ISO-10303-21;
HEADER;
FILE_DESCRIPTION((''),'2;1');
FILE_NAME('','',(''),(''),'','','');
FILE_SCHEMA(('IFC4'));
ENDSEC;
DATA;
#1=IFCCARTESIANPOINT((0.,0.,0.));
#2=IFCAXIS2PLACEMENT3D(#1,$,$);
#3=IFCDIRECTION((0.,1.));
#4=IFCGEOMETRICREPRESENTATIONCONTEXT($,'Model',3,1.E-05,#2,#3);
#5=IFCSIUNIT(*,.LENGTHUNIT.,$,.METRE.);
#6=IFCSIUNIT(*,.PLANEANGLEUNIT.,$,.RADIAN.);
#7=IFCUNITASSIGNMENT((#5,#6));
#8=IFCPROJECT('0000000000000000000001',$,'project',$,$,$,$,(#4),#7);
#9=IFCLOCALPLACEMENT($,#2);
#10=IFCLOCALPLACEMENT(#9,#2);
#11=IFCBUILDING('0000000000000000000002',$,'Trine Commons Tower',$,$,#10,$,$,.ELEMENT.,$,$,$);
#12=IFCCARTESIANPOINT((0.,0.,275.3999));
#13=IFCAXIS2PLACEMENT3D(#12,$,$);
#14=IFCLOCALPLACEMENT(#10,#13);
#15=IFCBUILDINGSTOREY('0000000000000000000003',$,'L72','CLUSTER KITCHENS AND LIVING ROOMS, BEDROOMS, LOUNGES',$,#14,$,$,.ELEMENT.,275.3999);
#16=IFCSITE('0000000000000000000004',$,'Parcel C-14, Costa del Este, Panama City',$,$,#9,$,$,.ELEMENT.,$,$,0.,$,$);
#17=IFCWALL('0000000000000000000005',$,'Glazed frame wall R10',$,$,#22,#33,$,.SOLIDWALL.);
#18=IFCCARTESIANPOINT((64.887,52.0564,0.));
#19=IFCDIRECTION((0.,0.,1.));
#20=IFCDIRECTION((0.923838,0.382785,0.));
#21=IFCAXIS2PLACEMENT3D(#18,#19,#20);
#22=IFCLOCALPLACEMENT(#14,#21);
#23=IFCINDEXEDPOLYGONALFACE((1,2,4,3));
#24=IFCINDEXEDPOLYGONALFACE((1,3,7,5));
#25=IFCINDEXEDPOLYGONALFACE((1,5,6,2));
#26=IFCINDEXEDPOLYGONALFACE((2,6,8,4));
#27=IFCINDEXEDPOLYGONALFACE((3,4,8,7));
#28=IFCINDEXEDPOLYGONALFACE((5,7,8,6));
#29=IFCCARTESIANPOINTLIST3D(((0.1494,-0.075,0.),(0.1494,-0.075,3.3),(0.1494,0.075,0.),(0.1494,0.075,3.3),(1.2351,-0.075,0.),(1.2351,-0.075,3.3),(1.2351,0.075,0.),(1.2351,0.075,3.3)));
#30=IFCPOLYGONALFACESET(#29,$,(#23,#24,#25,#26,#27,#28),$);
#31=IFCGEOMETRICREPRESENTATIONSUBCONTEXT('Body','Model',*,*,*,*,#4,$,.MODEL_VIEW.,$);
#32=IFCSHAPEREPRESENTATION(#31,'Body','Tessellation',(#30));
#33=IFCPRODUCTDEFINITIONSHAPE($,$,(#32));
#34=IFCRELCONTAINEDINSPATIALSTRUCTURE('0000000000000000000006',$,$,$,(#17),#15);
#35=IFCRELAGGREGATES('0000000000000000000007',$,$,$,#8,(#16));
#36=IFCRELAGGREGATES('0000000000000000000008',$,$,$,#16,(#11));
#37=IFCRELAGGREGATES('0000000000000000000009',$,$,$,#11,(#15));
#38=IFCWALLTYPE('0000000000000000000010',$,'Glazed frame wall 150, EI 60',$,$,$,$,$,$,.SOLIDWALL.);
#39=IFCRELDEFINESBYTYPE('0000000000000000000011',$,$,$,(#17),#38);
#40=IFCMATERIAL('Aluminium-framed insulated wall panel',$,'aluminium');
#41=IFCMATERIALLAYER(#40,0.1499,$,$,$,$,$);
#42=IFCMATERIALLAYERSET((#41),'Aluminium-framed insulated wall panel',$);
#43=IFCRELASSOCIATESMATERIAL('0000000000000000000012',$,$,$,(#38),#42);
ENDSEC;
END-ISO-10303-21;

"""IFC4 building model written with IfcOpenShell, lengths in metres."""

from ifc_helpers import new_model, si_unit, direction, frame, origin, place, context, subcontext, project, spatial, polyline, outline, extrude, material, layer, layer_set, type_object, element, save


model = new_model("IFC4")

# Units and contexts
model_context = context("Model", 3, precision=1e-05, world=origin(), true_north=direction((0.0, 1.0)))
body_context = subcontext(model_context, "Body", "Model", "MODEL_VIEW")
ifc_project = project(units=[si_unit("LENGTHUNIT", "METRE"), si_unit("PLANEANGLEUNIT", "RADIAN")], contexts=[model_context])

# Site, building, storey
site_placement = place(None, origin())
site = spatial("IfcSite", under=ifc_project, at=site_placement, Name="Parcel C-14, Costa del Este, Panama City", CompositionType="ELEMENT", RefElevation=0.0)
building_placement = place(site_placement, origin())
building = spatial("IfcBuilding", under=site, at=building_placement, Name="Trine Commons Tower", CompositionType="ELEMENT")
storey_placement = place(building_placement, frame((0.0, 0.0, 275.3999)))
storey = spatial("IfcBuildingStorey", under=building, at=storey_placement, Name="L72", Description="CLUSTER KITCHENS AND LIVING ROOMS, BEDROOMS, LOUNGES", CompositionType="ELEMENT", Elevation=275.3999)

# Wall
ifc_material_1 = material(Name="Aluminium-framed insulated wall panel", Category="aluminium")
ifc_layer_1 = layer(ifc_material_1, 0.1499)
ifc_layer_set_1 = layer_set([ifc_layer_1], Name="Aluminium-framed insulated wall panel")
wall_type_1 = type_object("IfcWallType", Name="Glazed frame wall 150, EI 60", PredefinedType="SOLIDWALL", material=ifc_layer_set_1)
wall_1_placement = place(storey_placement, frame((64.887, 52.0564, 0.0), z_axis=(0.0, 0.0, 1.0), x_axis=(0.923838, 0.382785, 0.0)))
element("IfcWall", 1, at=wall_1_placement, inside=storey, type_object=wall_type_1, Name="Glazed frame wall R10", PredefinedType="SOLIDWALL", context=body_context, shape_type="SweptSolid", body=[
    extrude(outline(polyline([(0.1494, 0.075), (0.1494, -0.075), (1.2351, -0.075), (1.2351, 0.075), (0.1494, 0.075)])), origin(), (0.0, 0.0, 1.0), 3.3),
])

save(model, "model.ifc")
